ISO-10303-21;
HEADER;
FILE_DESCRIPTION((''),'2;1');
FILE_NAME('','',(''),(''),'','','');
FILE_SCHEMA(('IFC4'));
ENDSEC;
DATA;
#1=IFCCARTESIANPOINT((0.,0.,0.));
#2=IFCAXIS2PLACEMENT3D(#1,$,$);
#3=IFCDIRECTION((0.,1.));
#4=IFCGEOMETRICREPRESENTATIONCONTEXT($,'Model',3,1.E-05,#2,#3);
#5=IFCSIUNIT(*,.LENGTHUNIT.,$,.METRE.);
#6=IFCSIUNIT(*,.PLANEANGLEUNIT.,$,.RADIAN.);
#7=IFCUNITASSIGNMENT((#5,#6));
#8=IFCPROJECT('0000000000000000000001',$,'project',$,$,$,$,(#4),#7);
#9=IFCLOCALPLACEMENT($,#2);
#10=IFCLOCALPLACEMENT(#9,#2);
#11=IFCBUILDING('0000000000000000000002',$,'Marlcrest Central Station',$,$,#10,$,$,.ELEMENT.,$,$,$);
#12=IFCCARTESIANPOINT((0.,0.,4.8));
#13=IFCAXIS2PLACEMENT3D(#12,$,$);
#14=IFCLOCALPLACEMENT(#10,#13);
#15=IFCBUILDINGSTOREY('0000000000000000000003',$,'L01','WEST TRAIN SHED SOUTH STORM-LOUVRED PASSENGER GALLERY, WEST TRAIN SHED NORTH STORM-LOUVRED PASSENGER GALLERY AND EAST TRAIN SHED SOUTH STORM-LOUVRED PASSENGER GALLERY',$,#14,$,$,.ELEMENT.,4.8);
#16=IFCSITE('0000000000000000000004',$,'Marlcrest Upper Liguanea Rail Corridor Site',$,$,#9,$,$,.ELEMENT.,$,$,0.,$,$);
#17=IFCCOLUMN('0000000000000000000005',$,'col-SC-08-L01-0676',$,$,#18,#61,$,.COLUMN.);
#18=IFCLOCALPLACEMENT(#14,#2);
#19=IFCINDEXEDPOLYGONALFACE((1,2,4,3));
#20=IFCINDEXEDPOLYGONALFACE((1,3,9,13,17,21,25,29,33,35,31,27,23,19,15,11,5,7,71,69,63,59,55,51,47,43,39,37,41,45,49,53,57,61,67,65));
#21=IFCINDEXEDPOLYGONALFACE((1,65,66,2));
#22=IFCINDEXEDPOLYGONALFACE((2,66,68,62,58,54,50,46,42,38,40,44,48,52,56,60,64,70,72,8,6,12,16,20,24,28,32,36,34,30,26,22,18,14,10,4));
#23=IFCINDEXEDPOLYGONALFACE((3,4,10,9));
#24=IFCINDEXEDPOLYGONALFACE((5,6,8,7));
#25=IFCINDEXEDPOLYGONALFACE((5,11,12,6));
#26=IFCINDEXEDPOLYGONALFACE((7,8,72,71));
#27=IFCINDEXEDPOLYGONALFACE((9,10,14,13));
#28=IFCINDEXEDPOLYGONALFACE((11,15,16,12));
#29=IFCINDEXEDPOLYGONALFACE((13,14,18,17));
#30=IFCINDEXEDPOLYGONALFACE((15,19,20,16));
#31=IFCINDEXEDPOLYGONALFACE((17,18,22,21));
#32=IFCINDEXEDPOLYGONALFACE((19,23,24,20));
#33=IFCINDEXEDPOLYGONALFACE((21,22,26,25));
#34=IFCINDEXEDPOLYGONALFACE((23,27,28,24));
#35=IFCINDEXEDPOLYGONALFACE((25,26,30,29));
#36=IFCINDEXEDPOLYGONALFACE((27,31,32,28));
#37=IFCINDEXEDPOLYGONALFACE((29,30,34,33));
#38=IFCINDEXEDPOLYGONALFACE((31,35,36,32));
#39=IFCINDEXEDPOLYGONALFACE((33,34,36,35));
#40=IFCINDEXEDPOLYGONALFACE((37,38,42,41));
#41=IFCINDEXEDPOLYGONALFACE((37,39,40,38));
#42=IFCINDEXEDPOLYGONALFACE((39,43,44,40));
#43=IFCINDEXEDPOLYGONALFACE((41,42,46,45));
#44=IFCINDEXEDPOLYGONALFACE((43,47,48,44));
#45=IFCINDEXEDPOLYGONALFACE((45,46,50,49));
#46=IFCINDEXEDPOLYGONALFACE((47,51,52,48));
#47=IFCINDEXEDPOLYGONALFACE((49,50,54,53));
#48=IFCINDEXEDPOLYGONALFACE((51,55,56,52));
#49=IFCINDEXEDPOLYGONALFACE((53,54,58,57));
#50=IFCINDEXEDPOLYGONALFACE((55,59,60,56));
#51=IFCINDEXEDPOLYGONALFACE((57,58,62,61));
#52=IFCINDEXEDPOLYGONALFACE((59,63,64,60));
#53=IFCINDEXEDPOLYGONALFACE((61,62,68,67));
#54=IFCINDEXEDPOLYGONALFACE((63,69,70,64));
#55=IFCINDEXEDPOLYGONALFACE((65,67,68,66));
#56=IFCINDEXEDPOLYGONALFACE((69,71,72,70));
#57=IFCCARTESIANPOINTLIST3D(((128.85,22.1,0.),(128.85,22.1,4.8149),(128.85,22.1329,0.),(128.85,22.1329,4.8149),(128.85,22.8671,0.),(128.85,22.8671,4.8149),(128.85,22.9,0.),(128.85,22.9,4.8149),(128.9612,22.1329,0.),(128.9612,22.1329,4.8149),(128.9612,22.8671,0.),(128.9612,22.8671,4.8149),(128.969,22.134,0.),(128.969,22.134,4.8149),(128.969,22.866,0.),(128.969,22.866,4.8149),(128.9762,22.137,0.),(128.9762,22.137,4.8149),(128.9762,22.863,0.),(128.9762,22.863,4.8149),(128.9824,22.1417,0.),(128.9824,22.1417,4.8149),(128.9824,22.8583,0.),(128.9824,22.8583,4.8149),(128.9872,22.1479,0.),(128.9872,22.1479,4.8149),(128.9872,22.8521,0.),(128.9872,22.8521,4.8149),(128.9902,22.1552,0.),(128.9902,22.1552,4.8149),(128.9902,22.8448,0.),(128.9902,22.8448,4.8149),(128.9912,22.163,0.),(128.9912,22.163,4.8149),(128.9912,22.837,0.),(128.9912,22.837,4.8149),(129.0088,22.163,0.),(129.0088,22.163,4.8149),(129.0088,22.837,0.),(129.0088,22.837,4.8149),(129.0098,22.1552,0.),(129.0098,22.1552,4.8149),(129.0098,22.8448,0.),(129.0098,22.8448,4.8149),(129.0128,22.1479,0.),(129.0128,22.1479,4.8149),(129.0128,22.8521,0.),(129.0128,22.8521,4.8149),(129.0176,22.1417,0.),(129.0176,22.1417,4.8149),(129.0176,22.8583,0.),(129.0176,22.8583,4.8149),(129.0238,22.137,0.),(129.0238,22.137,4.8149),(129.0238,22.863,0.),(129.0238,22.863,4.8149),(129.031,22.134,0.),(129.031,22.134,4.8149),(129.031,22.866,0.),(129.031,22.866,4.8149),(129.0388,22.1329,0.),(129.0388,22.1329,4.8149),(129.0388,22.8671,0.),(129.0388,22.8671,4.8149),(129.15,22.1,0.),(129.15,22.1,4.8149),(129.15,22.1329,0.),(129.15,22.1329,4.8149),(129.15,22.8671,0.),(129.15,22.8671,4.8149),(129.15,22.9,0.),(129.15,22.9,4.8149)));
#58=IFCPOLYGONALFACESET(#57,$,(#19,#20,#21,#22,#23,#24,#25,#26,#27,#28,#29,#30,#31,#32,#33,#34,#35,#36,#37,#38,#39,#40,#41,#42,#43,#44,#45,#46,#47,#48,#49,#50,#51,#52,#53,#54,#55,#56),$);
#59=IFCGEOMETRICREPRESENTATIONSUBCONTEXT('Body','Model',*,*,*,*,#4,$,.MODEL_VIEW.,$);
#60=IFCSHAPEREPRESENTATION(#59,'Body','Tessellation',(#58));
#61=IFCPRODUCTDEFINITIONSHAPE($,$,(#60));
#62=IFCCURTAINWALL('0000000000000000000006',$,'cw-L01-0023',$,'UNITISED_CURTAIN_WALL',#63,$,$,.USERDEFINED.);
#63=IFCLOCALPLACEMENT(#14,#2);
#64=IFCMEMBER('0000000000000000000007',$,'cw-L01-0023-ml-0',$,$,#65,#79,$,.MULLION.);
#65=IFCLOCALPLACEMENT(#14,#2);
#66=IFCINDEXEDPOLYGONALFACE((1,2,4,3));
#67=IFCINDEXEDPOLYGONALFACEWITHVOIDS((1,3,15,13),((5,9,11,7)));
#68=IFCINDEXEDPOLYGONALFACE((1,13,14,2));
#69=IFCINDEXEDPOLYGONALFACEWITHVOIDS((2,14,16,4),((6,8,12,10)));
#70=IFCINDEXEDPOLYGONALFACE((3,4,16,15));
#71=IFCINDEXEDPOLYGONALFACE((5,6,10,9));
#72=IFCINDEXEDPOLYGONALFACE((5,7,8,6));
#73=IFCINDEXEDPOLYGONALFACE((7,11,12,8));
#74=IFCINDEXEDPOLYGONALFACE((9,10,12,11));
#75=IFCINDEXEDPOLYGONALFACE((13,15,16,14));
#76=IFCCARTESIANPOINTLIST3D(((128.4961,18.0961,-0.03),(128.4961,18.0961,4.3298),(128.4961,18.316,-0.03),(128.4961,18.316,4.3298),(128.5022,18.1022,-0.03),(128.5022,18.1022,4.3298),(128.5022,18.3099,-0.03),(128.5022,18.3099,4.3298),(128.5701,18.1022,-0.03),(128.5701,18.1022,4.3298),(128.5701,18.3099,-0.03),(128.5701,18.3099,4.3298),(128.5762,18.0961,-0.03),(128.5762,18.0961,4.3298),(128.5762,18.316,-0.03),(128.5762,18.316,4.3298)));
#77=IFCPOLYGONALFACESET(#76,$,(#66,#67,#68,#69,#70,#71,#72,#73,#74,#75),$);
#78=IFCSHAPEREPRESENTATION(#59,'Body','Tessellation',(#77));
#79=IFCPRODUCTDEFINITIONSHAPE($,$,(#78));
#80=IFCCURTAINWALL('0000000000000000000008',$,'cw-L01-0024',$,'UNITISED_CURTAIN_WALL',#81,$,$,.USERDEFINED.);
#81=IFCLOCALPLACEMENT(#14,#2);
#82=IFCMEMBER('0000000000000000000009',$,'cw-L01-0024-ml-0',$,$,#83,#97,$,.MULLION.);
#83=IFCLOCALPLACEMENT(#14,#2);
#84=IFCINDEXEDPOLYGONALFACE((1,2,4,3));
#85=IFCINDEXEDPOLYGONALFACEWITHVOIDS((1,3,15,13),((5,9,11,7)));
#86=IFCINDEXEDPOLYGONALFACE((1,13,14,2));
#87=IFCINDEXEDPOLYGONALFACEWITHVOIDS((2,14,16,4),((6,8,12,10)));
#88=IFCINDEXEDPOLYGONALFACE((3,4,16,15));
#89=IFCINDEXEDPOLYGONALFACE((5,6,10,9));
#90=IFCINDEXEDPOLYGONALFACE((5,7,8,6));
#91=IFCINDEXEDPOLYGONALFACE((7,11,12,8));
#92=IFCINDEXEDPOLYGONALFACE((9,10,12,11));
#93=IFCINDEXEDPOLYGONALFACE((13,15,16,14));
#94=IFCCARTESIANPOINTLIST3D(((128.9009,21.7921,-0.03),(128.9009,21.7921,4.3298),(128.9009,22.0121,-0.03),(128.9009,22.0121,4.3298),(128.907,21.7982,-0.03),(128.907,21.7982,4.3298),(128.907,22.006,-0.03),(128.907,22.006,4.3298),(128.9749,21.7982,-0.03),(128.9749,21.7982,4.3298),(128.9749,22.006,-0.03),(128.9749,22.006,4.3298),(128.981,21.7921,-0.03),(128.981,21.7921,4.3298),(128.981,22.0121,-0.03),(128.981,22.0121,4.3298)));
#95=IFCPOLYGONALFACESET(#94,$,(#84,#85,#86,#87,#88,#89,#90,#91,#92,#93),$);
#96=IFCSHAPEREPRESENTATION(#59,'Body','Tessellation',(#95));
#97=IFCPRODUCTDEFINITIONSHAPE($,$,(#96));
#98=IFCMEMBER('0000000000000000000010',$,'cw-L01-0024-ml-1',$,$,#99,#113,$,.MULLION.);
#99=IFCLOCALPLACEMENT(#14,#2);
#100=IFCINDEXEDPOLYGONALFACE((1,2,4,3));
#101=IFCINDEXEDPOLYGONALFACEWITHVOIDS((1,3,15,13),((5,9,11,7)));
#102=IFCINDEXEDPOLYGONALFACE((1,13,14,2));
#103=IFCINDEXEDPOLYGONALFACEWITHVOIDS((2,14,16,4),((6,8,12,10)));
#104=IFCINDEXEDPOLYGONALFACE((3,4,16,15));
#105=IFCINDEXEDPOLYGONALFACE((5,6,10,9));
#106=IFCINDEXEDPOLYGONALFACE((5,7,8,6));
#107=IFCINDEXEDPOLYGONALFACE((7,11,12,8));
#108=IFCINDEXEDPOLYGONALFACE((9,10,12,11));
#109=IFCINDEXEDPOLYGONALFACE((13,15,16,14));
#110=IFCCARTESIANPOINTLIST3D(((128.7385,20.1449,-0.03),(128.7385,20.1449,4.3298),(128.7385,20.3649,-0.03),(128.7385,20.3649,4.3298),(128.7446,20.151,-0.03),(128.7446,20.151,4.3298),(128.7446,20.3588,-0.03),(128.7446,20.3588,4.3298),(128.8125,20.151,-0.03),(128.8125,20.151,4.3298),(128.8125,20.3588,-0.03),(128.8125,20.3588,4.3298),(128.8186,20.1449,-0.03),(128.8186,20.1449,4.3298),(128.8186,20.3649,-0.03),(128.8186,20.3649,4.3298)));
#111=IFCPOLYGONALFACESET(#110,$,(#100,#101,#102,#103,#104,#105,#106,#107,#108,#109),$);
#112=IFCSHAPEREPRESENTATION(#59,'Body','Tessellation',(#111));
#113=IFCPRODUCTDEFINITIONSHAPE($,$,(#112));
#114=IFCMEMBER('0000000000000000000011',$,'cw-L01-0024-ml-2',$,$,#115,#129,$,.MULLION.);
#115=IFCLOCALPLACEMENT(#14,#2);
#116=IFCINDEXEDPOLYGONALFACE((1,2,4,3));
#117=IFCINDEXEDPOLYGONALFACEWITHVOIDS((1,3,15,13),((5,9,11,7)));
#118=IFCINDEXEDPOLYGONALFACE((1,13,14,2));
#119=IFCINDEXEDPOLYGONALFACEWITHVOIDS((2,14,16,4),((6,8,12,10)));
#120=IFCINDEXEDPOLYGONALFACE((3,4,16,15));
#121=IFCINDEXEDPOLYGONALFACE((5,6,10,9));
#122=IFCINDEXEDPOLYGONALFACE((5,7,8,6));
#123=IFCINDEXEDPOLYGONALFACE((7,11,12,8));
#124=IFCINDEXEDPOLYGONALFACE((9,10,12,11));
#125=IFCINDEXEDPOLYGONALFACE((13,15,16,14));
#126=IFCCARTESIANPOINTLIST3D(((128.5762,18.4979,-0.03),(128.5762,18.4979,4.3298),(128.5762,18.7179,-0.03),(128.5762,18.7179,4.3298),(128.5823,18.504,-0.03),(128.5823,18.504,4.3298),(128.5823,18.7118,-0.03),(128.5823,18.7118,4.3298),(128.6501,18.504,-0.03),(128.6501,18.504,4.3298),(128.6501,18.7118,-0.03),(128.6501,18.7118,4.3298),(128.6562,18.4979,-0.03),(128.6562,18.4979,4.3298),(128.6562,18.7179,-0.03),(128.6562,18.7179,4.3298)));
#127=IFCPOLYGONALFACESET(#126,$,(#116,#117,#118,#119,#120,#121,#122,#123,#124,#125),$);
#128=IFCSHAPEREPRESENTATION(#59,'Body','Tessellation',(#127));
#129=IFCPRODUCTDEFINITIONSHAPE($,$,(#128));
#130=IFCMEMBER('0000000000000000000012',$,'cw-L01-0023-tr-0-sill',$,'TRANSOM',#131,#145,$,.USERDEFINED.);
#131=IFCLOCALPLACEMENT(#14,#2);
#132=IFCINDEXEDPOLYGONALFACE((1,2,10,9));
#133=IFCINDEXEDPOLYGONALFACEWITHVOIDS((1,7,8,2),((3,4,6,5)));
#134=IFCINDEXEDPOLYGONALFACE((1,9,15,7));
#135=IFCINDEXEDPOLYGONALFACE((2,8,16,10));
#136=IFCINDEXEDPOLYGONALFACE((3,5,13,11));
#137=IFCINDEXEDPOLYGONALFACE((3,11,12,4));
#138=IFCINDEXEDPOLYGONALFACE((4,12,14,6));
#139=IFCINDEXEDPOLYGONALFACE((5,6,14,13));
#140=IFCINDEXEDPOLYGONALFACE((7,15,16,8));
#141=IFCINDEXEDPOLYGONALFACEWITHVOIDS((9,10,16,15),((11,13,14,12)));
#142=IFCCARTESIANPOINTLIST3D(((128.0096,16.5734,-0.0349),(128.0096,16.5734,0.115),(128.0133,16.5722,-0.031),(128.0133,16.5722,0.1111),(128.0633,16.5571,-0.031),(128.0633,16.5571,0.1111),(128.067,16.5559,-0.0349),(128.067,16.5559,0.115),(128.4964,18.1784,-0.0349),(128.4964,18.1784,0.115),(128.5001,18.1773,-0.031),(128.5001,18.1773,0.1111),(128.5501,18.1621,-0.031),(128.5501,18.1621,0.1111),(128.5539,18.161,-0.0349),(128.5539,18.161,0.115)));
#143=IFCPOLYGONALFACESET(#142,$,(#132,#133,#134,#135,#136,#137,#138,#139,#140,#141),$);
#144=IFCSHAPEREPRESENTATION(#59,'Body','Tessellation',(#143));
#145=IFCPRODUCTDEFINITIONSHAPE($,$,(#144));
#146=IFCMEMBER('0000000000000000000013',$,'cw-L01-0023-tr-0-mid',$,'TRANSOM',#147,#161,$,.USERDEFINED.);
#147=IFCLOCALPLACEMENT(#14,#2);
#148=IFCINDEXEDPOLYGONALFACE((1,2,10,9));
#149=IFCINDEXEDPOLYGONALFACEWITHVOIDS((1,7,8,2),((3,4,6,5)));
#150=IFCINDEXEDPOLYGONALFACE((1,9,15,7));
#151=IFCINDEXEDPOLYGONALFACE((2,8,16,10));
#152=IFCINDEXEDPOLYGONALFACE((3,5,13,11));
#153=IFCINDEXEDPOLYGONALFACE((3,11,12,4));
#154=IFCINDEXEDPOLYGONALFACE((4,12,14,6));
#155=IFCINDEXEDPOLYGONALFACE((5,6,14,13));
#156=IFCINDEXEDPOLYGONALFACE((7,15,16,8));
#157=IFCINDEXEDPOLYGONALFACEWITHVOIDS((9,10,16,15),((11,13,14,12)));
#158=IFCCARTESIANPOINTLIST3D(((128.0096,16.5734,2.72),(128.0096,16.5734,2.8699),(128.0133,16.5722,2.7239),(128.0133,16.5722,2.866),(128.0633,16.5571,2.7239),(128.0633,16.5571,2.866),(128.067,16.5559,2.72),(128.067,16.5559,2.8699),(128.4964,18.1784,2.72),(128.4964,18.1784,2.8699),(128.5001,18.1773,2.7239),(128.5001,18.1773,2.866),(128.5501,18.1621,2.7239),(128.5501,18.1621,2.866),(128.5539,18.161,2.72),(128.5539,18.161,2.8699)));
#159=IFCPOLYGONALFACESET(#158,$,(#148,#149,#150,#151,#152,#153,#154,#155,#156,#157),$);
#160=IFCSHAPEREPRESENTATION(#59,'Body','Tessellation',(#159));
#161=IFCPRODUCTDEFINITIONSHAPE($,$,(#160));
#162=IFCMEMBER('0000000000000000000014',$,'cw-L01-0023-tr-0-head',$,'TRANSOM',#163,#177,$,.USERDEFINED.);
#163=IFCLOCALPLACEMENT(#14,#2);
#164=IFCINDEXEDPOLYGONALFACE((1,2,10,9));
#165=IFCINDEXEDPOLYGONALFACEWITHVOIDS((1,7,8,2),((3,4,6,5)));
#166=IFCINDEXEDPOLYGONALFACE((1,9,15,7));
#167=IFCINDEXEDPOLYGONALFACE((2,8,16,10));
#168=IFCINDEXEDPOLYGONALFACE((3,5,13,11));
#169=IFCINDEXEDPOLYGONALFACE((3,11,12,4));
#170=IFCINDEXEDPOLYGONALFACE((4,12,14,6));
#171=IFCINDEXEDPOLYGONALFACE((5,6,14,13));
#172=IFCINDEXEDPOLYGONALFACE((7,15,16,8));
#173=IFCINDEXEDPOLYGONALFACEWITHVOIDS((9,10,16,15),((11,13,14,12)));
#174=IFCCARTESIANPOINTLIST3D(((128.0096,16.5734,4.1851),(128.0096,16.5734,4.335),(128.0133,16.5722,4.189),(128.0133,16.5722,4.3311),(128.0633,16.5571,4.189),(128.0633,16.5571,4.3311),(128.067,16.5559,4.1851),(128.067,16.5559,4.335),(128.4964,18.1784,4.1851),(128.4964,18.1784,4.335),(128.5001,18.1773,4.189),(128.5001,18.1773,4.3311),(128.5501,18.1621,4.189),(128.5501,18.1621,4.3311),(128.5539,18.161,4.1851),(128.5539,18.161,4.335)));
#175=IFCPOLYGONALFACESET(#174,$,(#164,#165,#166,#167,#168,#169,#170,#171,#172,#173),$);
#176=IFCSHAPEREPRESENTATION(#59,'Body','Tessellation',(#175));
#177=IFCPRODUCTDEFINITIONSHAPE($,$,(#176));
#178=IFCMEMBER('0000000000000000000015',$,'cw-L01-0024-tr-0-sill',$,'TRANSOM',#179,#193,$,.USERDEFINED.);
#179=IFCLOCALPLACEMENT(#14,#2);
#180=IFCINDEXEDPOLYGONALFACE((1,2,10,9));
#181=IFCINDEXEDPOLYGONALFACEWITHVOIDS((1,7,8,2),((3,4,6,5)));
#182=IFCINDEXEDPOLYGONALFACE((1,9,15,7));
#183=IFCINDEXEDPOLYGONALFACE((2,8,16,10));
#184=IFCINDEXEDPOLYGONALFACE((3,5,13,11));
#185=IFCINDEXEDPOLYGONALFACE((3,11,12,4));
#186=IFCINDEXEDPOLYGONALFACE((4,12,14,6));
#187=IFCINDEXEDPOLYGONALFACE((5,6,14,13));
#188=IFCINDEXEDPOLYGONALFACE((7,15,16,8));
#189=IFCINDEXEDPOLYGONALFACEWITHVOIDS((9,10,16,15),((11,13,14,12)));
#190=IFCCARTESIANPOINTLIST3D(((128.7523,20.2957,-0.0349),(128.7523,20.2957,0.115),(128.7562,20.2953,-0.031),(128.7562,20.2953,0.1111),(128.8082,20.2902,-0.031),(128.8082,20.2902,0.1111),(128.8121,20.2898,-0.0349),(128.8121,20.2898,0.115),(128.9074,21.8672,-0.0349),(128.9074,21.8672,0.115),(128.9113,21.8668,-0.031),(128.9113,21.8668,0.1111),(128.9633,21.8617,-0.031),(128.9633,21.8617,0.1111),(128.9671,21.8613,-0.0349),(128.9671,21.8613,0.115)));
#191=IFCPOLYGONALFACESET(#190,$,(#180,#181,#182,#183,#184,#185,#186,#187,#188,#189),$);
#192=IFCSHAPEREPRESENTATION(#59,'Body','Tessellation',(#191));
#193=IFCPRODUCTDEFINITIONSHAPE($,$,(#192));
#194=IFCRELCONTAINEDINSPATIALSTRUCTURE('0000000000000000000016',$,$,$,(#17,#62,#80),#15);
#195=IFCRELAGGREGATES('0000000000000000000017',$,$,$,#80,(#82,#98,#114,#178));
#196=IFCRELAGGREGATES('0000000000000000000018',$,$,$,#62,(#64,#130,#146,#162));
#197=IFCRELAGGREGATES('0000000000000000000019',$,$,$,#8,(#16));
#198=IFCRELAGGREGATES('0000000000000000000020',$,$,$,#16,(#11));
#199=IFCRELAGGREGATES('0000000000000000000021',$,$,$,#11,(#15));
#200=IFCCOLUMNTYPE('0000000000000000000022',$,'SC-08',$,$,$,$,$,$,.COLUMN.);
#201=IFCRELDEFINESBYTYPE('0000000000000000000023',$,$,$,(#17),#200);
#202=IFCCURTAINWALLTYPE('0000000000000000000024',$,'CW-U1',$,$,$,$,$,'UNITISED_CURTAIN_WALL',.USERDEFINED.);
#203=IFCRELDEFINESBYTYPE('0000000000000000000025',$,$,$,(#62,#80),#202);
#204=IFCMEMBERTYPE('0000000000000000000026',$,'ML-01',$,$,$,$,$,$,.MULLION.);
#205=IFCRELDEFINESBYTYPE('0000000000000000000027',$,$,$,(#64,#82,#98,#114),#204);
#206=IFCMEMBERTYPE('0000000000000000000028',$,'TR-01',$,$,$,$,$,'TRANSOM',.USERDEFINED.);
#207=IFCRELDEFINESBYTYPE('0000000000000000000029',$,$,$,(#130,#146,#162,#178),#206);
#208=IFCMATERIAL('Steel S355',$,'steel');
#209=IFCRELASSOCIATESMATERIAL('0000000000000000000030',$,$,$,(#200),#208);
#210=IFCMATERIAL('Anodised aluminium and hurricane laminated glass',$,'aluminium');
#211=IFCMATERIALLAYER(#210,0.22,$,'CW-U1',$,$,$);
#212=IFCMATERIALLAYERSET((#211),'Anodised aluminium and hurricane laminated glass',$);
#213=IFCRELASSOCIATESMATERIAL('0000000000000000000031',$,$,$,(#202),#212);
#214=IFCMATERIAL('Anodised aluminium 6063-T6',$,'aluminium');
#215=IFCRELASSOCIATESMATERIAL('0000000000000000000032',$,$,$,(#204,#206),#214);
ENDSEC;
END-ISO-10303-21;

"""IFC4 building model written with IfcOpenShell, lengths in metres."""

from ifc_helpers import new_model, si_unit, direction, frame, origin, origin_2d, place, context, subcontext, project, spatial, hollow_rectangle, i_section, extrude, material, layer, layer_set, material_profile, profile_set, type_object, element, aggregate, save


model = new_model("IFC4")

# Units and contexts
model_context = context("Model", 3, precision=1e-05, world=origin(), true_north=direction((0.0, 1.0)))
body_context = subcontext(model_context, "Body", "Model", "MODEL_VIEW")
ifc_project = project(units=[si_unit("LENGTHUNIT", "METRE"), si_unit("PLANEANGLEUNIT", "RADIAN")], contexts=[model_context])

# Site, building, storey
site_placement = place(None, origin())
site = spatial("IfcSite", under=ifc_project, at=site_placement, Name="Marlcrest Upper Liguanea Rail Corridor Site", CompositionType="ELEMENT", RefElevation=0.0)
building_placement = place(site_placement, origin())
building = spatial("IfcBuilding", under=site, at=building_placement, Name="Marlcrest Central Station", CompositionType="ELEMENT")
storey_placement = place(building_placement, frame((0.0, 0.0, 4.8)))
storey = spatial("IfcBuildingStorey", under=building, at=storey_placement, Name="L01", Description="WEST TRAIN SHED SOUTH STORM-LOUVRED PASSENGER GALLERY, WEST TRAIN SHED NORTH STORM-LOUVRED PASSENGER GALLERY AND EAST TRAIN SHED SOUTH STORM-LOUVRED PASSENGER GALLERY", CompositionType="ELEMENT", Elevation=4.8)

# Column
ifc_material_1 = material(Name="Steel S355", Category="steel")
ifc_material_profile_1 = material_profile(ifc_material_1, i_section(OverallWidth=0.3, OverallDepth=0.8, WebThickness=0.0176, FlangeThickness=0.033, FilletRadius=0.03, at=origin_2d()), Name="HEB 800")
ifc_profile_set_1 = profile_set([ifc_material_profile_1], Name="Steel S355")
column_type = type_object("IfcColumnType", Name="SC-08", PredefinedType="COLUMN", material=ifc_profile_set_1)
column_placement = place(storey_placement, frame((129.0, 22.5, 0.0), z_axis=(0.0, 0.0, 1.0), x_axis=(1.0, 0.0, 0.0)))
element("IfcColumn", 1, at=column_placement, inside=storey, type_object=column_type, Name="col-SC-08-L01-0676", PredefinedType="COLUMN", context=body_context, shape_type="SweptSolid", body=[
    extrude(i_section(OverallWidth=0.3, OverallDepth=0.8, WebThickness=0.0176, FlangeThickness=0.033, FilletRadius=0.03, at=origin_2d()), origin(), (0.0, 0.0, 1.0), 4.8149),
])

# Curtain wall, member
ifc_material_2 = material(Name="Anodised aluminium and hurricane laminated glass", Category="aluminium")
ifc_layer_1 = layer(ifc_material_2, 0.22, Name="CW-U1")
ifc_layer_set_1 = layer_set([ifc_layer_1], Name="Anodised aluminium and hurricane laminated glass")
curtain_wall_type = type_object("IfcCurtainWallType", Name="CW-U1", ElementType="UNITISED_CURTAIN_WALL", PredefinedType="USERDEFINED", material=ifc_layer_set_1)
curtain_wall_1_placement = place(storey_placement, origin())
curtain_wall_1 = element("IfcCurtainWall", 2, at=curtain_wall_1_placement, inside=storey, type_object=curtain_wall_type, Name="cw-L01-0023", ObjectType="UNITISED_CURTAIN_WALL", PredefinedType="USERDEFINED")
ifc_material_3 = material(Name="Anodised aluminium 6063-T6", Category="aluminium")
ifc_material_profile_2 = material_profile(ifc_material_3, hollow_rectangle(XDim=0.0801, YDim=0.22, WallThickness=0.0061, at=origin_2d()), Name="AA-RHS 220x80x6")
ifc_profile_set_2 = profile_set([ifc_material_profile_2], Name="Anodised aluminium 6063-T6")
member_type_1 = type_object("IfcMemberType", Name="ML-01", PredefinedType="MULLION", material=ifc_profile_set_2)
member_1_placement = place(storey_placement, frame((128.5361, 18.2061, -0.03), z_axis=(0.0, 0.0, 1.0), x_axis=(1.0, 0.0, 0.0)))
member_1 = element("IfcMember", 3, at=member_1_placement, type_object=member_type_1, Name="cw-L01-0023-ml-0", PredefinedType="MULLION", context=body_context, shape_type="SweptSolid", body=[
    extrude(hollow_rectangle(XDim=0.0801, YDim=0.22, WallThickness=0.0061, at=origin_2d()), origin(), (0.0, 0.0, 1.0), 4.3599),
])

# Curtain wall, members
curtain_wall_2_placement = place(storey_placement, origin())
curtain_wall_2 = element("IfcCurtainWall", 4, at=curtain_wall_2_placement, inside=storey, type_object=curtain_wall_type, Name="cw-L01-0024", ObjectType="UNITISED_CURTAIN_WALL", PredefinedType="USERDEFINED")
member_2_placement = place(storey_placement, frame((128.9409, 21.9021, -0.03), z_axis=(0.0, 0.0, 1.0), x_axis=(1.0, 0.0, 0.0)))
member_2 = element("IfcMember", 5, at=member_2_placement, type_object=member_type_1, Name="cw-L01-0024-ml-0", PredefinedType="MULLION", context=body_context, shape_type="SweptSolid", body=[
    extrude(hollow_rectangle(XDim=0.0801, YDim=0.22, WallThickness=0.0061, at=origin_2d()), origin(), (0.0, 0.0, 1.0), 4.3599),
])
member_3_placement = place(storey_placement, frame((128.7786, 20.2549, -0.03), z_axis=(0.0, 0.0, 1.0), x_axis=(1.0, 0.0, 0.0)))
member_3 = element("IfcMember", 6, at=member_3_placement, type_object=member_type_1, Name="cw-L01-0024-ml-1", PredefinedType="MULLION", context=body_context, shape_type="SweptSolid", body=[
    extrude(hollow_rectangle(XDim=0.0801, YDim=0.22, WallThickness=0.0061, at=origin_2d()), origin(), (0.0, 0.0, 1.0), 4.3599),
])
member_4_placement = place(storey_placement, frame((128.6162, 18.6079, -0.03), z_axis=(0.0, 0.0, 1.0), x_axis=(1.0, 0.0, 0.0)))
member_4 = element("IfcMember", 7, at=member_4_placement, type_object=member_type_1, Name="cw-L01-0024-ml-2", PredefinedType="MULLION", context=body_context, shape_type="SweptSolid", body=[
    extrude(hollow_rectangle(XDim=0.0801, YDim=0.22, WallThickness=0.0061, at=origin_2d()), origin(), (0.0, 0.0, 1.0), 4.3599),
])

# Members
ifc_material_profile_3 = material_profile(ifc_material_3, hollow_rectangle(XDim=0.0601, YDim=0.1499, WallThickness=0.0039, at=origin_2d()), Name="AA-RHS 150x60x4")
ifc_profile_set_3 = profile_set([ifc_material_profile_3], Name="Anodised aluminium 6063-T6")
member_type_2 = type_object("IfcMemberType", Name="TR-01", ElementType="TRANSOM", PredefinedType="USERDEFINED", material=ifc_profile_set_3)
member_5_placement = place(storey_placement, frame((128.5251, 18.1697, 0.04), z_axis=(-0.290258, -0.956948, 0.0), x_axis=(0.956948, -0.290258, 0.0)))
member_5 = element("IfcMember", 8, at=member_5_placement, type_object=member_type_2, Name="cw-L01-0023-tr-0-sill", ObjectType="TRANSOM", PredefinedType="USERDEFINED", context=body_context, shape_type="SweptSolid", body=[
    extrude(hollow_rectangle(XDim=0.0601, YDim=0.1499, WallThickness=0.0039, at=origin_2d()), origin(), (0.0, 0.0, 1.0), 1.6772),
])
member_6_placement = place(storey_placement, frame((128.5251, 18.1697, 2.7949), z_axis=(-0.290258, -0.956948, 0.0), x_axis=(0.956948, -0.290258, 0.0)))
member_6 = element("IfcMember", 9, at=member_6_placement, type_object=member_type_2, Name="cw-L01-0023-tr-0-mid", ObjectType="TRANSOM", PredefinedType="USERDEFINED", context=body_context, shape_type="SweptSolid", body=[
    extrude(hollow_rectangle(XDim=0.0601, YDim=0.1499, WallThickness=0.0039, at=origin_2d()), origin(), (0.0, 0.0, 1.0), 1.6772),
])
member_7_placement = place(storey_placement, frame((128.5251, 18.1697, 4.26), z_axis=(-0.290258, -0.956948, 0.0), x_axis=(0.956948, -0.290258, 0.0)))
member_7 = element("IfcMember", 10, at=member_7_placement, type_object=member_type_2, Name="cw-L01-0023-tr-0-head", ObjectType="TRANSOM", PredefinedType="USERDEFINED", context=body_context, shape_type="SweptSolid", body=[
    extrude(hollow_rectangle(XDim=0.0601, YDim=0.1499, WallThickness=0.0039, at=origin_2d()), origin(), (0.0, 0.0, 1.0), 1.6772),
])
member_8_placement = place(storey_placement, frame((128.9373, 21.8643, 0.04), z_axis=(-0.098172, -0.995169, 0.0), x_axis=(0.995169, -0.098172, 0.0)))
member_8 = element("IfcMember", 11, at=member_8_placement, type_object=member_type_2, Name="cw-L01-0024-tr-0-sill", ObjectType="TRANSOM", PredefinedType="USERDEFINED", context=body_context, shape_type="SweptSolid", body=[
    extrude(hollow_rectangle(XDim=0.0601, YDim=0.1499, WallThickness=0.0039, at=origin_2d()), origin(), (0.0, 0.0, 1.0), 1.5791),
])

aggregate(curtain_wall_2, [member_2, member_3, member_4, member_8])
aggregate(curtain_wall_1, [member_1, member_5, member_6, member_7])

save(model, "model.ifc")
